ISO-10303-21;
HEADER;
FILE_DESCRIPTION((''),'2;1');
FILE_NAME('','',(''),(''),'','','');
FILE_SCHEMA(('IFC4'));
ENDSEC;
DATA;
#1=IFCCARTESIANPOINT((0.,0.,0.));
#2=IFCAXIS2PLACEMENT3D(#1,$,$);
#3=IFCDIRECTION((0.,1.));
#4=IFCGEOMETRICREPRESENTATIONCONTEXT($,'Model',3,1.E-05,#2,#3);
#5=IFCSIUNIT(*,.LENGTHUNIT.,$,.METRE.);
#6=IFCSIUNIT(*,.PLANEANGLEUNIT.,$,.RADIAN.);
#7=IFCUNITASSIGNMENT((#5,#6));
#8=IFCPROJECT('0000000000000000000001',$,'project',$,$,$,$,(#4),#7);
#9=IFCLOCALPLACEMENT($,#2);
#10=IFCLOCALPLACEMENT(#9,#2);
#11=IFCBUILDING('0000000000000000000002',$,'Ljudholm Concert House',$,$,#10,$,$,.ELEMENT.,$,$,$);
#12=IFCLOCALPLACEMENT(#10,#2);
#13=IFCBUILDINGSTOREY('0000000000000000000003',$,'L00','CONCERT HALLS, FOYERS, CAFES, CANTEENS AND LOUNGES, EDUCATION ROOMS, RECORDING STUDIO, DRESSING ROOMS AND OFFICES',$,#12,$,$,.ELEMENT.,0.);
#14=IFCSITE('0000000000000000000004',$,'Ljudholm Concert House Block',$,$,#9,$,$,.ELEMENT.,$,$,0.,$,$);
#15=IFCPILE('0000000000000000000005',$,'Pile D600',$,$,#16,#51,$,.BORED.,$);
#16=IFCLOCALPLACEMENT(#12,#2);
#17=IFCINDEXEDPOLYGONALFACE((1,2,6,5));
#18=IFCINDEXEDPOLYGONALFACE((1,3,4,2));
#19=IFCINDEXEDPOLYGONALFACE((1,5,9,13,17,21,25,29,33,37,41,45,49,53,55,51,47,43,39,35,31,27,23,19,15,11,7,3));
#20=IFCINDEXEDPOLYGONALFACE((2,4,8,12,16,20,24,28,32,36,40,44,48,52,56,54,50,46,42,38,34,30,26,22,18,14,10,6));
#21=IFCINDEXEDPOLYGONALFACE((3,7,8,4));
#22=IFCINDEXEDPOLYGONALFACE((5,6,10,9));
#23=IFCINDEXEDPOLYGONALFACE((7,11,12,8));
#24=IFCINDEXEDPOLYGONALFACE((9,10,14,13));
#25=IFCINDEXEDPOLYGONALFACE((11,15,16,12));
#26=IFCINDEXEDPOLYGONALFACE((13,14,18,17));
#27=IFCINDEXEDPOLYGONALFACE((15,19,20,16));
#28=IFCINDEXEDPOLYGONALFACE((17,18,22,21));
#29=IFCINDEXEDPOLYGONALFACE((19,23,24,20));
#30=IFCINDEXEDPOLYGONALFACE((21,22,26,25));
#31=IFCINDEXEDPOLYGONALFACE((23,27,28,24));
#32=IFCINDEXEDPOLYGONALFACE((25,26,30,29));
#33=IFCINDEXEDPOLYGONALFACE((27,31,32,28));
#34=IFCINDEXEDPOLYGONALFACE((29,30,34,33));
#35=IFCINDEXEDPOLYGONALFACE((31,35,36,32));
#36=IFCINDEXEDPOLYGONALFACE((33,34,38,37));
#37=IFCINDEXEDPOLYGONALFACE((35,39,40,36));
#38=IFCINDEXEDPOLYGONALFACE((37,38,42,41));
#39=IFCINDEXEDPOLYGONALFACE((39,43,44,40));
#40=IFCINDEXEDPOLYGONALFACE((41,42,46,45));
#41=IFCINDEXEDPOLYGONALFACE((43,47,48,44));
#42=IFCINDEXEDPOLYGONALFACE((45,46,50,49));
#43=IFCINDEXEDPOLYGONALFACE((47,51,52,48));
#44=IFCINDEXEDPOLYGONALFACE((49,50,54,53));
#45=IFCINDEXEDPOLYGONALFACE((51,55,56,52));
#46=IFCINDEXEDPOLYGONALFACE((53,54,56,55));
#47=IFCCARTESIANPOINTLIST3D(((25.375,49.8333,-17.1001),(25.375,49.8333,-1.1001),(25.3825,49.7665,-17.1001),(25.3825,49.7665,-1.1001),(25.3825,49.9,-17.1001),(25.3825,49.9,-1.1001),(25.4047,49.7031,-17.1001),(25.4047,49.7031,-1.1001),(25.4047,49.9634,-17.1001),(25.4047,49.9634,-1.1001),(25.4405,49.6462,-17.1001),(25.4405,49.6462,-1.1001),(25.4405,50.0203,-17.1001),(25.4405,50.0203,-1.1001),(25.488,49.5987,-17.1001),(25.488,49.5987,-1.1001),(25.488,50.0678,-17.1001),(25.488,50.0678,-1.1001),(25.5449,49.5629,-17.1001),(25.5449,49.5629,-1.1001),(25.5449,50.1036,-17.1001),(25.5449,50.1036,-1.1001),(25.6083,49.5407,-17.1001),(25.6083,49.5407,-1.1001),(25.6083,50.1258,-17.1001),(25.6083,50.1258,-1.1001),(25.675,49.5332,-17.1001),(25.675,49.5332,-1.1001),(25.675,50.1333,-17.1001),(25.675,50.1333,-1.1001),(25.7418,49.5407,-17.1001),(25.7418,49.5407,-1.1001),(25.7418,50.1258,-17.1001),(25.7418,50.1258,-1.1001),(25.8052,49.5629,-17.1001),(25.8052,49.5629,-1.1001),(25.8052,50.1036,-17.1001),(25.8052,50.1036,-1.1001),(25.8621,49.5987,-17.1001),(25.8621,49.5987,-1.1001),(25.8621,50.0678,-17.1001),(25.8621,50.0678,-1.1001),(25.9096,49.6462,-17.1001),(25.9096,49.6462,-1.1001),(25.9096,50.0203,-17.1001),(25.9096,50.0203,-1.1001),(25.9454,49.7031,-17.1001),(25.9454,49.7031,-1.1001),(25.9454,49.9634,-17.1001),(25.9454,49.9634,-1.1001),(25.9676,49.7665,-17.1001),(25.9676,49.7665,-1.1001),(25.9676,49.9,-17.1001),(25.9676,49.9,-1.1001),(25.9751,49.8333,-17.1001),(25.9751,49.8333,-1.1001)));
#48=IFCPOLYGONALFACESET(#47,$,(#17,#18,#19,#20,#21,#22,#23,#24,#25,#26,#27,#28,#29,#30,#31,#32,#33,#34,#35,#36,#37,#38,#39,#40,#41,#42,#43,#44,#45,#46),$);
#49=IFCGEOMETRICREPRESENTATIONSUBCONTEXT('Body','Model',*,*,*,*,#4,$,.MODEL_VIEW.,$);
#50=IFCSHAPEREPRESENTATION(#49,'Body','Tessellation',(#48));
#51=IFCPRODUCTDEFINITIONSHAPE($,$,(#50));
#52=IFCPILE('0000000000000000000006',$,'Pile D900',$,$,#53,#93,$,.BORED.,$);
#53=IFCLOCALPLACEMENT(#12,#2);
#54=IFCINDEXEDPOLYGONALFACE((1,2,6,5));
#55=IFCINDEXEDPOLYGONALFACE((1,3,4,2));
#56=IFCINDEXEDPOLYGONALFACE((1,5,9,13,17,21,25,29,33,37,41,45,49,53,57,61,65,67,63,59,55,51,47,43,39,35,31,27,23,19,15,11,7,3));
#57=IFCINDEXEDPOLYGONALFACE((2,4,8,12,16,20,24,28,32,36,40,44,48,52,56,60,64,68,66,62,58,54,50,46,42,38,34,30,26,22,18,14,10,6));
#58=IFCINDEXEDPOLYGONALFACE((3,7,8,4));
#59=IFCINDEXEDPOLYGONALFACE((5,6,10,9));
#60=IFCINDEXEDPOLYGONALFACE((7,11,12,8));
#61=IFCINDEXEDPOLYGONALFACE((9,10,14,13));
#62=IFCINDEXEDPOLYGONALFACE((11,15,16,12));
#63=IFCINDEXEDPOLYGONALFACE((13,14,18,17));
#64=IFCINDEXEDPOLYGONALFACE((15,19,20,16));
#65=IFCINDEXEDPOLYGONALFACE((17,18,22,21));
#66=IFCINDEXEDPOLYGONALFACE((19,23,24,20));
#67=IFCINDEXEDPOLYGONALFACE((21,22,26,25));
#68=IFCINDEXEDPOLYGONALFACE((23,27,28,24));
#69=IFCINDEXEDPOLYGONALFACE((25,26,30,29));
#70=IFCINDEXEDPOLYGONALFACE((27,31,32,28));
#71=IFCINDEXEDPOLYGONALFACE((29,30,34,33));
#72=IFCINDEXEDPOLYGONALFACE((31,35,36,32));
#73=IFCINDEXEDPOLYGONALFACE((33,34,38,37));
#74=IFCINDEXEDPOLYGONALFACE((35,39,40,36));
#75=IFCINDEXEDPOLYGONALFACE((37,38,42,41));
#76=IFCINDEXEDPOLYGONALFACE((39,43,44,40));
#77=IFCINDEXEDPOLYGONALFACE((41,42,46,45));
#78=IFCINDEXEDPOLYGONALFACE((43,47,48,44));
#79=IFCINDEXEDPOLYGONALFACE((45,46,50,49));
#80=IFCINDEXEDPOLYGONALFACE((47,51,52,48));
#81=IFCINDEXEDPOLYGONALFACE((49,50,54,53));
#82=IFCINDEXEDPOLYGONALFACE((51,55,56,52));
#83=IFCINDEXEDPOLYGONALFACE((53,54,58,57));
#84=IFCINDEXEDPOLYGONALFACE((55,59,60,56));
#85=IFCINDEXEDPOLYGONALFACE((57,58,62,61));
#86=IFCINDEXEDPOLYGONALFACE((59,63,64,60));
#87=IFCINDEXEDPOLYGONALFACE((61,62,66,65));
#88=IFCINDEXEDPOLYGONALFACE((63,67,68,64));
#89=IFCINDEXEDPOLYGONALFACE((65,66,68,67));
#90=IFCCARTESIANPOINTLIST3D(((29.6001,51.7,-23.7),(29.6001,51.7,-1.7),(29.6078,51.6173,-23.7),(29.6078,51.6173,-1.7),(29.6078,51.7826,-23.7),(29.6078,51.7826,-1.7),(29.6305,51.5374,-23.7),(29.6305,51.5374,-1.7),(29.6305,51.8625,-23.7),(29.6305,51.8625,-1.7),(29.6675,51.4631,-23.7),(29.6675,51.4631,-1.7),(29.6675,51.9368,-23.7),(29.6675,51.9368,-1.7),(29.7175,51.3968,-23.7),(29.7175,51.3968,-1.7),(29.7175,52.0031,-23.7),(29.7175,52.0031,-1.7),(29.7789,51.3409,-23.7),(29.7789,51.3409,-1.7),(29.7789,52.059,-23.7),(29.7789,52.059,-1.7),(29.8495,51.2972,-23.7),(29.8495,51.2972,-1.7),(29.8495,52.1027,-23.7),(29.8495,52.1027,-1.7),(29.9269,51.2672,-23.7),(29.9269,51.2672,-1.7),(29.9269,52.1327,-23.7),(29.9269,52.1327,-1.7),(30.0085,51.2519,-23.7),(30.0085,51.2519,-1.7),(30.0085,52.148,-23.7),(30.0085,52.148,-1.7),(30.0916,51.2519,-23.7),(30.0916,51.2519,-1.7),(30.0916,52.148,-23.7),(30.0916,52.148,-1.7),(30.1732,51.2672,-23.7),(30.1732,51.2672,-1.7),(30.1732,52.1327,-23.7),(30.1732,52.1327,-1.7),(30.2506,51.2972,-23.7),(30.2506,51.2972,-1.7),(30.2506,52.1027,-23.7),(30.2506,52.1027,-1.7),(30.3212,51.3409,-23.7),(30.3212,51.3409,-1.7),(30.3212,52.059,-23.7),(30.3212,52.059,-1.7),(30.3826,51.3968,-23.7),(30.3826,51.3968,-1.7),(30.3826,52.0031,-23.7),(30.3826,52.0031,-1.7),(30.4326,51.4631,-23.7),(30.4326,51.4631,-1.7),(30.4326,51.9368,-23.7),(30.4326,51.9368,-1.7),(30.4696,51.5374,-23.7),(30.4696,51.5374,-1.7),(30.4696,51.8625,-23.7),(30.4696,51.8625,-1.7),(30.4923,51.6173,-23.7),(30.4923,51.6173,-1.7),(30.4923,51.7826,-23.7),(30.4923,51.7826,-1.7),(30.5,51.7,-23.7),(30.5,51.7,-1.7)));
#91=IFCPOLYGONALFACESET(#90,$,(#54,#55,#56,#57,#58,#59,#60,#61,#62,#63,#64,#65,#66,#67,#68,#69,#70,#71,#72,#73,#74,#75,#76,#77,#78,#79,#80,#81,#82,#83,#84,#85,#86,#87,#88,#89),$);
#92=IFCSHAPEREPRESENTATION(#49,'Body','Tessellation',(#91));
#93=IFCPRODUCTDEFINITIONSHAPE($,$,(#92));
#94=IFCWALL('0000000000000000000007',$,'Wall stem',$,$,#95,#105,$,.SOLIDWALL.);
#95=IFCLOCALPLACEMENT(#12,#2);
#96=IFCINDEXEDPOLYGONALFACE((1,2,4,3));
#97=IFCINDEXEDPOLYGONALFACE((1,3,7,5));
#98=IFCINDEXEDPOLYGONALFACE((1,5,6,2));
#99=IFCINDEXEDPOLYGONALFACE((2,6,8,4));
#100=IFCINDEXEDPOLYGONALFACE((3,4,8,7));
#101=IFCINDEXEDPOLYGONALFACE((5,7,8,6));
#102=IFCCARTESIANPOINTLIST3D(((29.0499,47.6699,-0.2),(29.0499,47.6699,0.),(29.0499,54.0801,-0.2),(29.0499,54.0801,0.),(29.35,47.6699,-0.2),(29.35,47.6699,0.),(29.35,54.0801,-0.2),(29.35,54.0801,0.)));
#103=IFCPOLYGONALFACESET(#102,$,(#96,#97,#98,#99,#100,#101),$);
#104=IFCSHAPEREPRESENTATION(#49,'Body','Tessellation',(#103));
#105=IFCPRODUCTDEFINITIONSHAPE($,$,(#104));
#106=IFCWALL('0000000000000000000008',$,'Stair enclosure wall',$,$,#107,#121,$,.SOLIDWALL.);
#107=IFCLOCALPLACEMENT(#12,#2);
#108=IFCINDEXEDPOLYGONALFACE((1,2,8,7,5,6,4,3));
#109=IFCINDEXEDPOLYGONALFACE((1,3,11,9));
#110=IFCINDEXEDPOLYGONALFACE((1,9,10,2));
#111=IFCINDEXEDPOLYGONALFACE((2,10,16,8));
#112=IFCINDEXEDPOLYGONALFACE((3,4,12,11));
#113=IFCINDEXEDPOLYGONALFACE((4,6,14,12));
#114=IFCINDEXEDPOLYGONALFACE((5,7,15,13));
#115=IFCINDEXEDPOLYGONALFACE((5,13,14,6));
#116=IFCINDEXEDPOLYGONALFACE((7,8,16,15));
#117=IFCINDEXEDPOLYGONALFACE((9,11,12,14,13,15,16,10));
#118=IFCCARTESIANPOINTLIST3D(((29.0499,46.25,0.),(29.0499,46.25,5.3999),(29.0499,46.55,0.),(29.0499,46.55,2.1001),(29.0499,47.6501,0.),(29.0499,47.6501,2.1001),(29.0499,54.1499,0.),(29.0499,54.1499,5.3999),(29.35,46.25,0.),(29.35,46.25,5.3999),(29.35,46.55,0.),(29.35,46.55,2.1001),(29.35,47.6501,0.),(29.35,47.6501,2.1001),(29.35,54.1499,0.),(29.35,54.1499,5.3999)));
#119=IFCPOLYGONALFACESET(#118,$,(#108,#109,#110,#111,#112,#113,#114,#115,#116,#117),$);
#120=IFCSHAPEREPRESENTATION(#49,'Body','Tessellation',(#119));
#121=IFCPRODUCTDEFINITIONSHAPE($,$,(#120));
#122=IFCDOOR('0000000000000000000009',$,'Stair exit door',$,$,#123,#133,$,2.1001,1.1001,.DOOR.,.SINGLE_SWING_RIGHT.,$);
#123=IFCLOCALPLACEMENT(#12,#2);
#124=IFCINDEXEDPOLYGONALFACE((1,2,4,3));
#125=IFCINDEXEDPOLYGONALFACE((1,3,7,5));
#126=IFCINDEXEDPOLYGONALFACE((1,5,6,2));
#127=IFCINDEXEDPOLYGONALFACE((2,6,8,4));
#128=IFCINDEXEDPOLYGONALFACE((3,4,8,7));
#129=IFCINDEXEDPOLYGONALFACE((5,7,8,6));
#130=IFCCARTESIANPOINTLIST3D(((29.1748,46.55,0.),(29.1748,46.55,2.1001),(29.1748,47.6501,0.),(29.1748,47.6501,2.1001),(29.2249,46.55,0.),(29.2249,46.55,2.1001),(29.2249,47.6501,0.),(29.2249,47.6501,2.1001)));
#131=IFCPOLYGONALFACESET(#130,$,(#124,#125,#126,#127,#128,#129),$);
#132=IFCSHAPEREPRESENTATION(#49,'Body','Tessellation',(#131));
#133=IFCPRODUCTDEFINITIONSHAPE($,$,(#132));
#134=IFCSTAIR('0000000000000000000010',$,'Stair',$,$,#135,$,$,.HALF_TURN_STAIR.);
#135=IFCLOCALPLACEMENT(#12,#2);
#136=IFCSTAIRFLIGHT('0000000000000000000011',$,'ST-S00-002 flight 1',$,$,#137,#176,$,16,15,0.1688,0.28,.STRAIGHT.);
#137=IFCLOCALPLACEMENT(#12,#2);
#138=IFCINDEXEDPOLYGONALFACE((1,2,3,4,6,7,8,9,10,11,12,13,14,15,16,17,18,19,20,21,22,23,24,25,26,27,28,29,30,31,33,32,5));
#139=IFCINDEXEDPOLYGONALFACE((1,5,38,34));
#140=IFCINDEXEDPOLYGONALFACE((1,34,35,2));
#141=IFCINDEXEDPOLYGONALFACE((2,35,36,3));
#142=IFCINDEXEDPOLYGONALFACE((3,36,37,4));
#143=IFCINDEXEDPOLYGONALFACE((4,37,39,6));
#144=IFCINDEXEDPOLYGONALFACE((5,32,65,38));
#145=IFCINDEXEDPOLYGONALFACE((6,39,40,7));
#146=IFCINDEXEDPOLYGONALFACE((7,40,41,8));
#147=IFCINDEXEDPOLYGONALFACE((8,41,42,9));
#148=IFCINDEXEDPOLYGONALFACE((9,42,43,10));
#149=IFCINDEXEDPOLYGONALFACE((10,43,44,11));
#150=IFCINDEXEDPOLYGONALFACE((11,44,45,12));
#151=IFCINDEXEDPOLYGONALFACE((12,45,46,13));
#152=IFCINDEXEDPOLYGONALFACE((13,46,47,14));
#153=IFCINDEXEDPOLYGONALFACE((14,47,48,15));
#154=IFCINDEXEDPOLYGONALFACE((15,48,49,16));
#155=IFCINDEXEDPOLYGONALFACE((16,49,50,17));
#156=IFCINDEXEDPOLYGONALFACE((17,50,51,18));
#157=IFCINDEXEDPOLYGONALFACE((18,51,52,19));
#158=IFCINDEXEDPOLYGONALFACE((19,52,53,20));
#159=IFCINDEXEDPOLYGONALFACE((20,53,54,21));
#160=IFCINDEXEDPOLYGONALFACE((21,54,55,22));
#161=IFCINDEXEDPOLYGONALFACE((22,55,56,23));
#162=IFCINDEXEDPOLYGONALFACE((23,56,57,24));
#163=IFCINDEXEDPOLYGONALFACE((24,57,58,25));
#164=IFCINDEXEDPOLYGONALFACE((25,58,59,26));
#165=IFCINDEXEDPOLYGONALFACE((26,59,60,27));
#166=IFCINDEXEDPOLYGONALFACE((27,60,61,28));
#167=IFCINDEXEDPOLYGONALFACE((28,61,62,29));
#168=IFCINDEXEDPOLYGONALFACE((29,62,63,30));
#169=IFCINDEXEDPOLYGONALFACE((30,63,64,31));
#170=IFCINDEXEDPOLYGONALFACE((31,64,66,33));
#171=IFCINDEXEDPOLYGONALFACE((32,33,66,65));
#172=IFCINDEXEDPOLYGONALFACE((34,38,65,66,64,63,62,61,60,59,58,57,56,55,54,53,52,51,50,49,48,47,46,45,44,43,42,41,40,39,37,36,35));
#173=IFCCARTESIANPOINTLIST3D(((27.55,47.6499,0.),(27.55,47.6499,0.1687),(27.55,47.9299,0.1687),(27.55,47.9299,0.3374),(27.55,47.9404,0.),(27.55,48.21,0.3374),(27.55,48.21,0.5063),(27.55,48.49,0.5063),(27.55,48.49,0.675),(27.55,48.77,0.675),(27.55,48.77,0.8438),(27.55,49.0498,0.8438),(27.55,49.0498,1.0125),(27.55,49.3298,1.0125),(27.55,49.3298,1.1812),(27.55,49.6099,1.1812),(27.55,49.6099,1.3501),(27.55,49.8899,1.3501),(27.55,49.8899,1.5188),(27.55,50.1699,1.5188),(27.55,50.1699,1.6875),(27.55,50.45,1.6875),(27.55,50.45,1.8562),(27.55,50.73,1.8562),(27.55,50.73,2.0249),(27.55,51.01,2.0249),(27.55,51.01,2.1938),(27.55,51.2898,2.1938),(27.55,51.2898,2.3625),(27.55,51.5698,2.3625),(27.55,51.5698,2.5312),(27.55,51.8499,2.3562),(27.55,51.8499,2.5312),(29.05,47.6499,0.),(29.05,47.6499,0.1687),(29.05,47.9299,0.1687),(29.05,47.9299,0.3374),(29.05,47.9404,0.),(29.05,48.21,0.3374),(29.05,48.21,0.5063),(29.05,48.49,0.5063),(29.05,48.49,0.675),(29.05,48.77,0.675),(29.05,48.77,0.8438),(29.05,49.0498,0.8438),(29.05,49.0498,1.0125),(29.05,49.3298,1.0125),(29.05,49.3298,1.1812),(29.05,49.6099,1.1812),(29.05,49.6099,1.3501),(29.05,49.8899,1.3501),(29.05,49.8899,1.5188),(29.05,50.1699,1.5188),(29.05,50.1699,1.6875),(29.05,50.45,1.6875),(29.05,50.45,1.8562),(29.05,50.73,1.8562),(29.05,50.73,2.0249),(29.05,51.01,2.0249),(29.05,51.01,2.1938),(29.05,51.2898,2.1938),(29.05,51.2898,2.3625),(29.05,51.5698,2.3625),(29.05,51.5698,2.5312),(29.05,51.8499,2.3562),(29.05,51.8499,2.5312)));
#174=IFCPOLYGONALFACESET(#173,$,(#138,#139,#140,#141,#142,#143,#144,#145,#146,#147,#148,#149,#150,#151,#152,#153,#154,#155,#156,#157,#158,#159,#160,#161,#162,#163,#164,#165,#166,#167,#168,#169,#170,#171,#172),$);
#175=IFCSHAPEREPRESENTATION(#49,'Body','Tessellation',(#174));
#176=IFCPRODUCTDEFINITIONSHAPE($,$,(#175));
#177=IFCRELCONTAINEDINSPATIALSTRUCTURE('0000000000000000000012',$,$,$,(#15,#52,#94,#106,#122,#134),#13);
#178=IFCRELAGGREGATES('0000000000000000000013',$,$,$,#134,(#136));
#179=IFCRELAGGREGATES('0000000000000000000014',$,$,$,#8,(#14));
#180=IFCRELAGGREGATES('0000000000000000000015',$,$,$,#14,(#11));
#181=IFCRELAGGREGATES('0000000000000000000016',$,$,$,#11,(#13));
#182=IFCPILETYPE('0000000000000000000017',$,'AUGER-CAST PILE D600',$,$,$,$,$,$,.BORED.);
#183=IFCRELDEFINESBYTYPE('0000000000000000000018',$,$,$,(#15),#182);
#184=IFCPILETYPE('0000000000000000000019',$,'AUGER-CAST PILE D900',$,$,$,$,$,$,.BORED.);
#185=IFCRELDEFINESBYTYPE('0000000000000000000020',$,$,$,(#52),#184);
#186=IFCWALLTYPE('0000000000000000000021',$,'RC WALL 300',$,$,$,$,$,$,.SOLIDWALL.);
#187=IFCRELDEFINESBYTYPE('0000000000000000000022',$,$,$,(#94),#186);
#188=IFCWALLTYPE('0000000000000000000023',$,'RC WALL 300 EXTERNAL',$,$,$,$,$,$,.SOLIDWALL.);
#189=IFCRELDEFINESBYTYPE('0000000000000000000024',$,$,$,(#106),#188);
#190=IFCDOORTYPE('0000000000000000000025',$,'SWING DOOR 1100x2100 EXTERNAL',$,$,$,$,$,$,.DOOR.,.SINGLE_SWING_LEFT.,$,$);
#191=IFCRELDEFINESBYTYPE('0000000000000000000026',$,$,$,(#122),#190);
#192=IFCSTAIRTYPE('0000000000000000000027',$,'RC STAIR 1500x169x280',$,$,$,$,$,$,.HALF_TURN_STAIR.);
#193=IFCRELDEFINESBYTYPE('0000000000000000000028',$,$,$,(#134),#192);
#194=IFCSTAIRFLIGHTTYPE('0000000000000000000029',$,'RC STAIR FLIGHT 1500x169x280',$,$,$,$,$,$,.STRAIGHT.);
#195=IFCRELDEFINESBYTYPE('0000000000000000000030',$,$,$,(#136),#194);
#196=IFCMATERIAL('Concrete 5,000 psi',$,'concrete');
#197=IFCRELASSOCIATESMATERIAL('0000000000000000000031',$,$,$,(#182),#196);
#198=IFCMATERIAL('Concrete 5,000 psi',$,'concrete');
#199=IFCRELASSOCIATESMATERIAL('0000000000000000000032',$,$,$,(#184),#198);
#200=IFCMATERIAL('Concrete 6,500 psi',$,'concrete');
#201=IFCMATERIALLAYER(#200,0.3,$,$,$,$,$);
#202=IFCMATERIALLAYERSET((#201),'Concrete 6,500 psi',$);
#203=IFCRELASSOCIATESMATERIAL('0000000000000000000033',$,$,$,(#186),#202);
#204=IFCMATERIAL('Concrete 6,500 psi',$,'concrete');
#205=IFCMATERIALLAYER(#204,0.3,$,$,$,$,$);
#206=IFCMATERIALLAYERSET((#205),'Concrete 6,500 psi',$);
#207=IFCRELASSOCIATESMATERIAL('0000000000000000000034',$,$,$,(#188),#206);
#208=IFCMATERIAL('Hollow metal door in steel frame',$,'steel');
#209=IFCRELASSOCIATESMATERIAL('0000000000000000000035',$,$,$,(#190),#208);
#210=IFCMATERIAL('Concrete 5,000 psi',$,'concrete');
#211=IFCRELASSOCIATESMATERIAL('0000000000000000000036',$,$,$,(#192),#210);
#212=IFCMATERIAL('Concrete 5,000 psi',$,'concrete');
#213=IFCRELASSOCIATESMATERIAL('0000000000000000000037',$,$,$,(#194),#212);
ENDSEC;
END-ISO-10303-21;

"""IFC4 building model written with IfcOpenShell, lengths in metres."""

from ifc_helpers import new_model, si_unit, direction, frame, frame_2d, origin, origin_2d, place, context, subcontext, project, spatial, polyline, rectangle, circle, outline, extrude, material, layer, layer_set, material_profile, profile_set, type_object, element, fill, aggregate, save


model = new_model("IFC4")

# Units and contexts
model_context = context("Model", 3, precision=1e-05, world=origin(), true_north=direction((0.0, 1.0)))
body_context = subcontext(model_context, "Body", "Model", "MODEL_VIEW")
ifc_project = project(units=[si_unit("LENGTHUNIT", "METRE"), si_unit("PLANEANGLEUNIT", "RADIAN")], contexts=[model_context])

# Site, building, storey
site_placement = place(None, origin())
site = spatial("IfcSite", under=ifc_project, at=site_placement, Name="Ljudholm Concert House Block", CompositionType="ELEMENT", RefElevation=0.0)
building_placement = place(site_placement, origin())
building = spatial("IfcBuilding", under=site, at=building_placement, Name="Ljudholm Concert House", CompositionType="ELEMENT")
storey_placement = place(building_placement, origin())
storey = spatial("IfcBuildingStorey", under=building, at=storey_placement, Name="L00", Description="CONCERT HALLS, FOYERS, CAFES, CANTEENS AND LOUNGES, EDUCATION ROOMS, RECORDING STUDIO, DRESSING ROOMS AND OFFICES", CompositionType="ELEMENT", Elevation=0.0)

# Piles
ifc_material_1 = material(Name="Concrete 5,000 psi", Category="concrete")
ifc_material_profile_1 = material_profile(ifc_material_1, circle(Radius=0.3, at=origin_2d()), Name="AUGER-CAST PILE D600")
ifc_profile_set_1 = profile_set([ifc_material_profile_1], Name="Concrete 5,000 psi")
pile_type_1 = type_object("IfcPileType", Name="AUGER-CAST PILE D600", PredefinedType="BORED", material=ifc_profile_set_1)
for number, where, z_axis, x_axis, name in (
    (1, (25.675, 49.8333, -1.1001), (0.0, 0.0, -1.0), (1.0, 0.0, 0.0), "Pile D600"),
):
    element("IfcPile", number, at=place(storey_placement, frame(where, z_axis=z_axis, x_axis=x_axis)), inside=storey, type_object=pile_type_1, Name=name, PredefinedType="BORED", context=body_context, shape_type="SweptSolid", body=[
        extrude(circle(Radius=0.3, at=origin_2d()), origin(), (0.0, 0.0, 1.0), 16.0),
    ])
ifc_material_2 = material(Name="Concrete 5,000 psi", Category="concrete")
ifc_material_profile_2 = material_profile(ifc_material_2, circle(Radius=0.45, at=origin_2d()), Name="AUGER-CAST PILE D900")
ifc_profile_set_2 = profile_set([ifc_material_profile_2], Name="Concrete 5,000 psi")
pile_type_2 = type_object("IfcPileType", Name="AUGER-CAST PILE D900", PredefinedType="BORED", material=ifc_profile_set_2)
pile_placement = place(storey_placement, frame((30.05, 51.7, -1.7), z_axis=(0.0, 0.0, -1.0), x_axis=(1.0, 0.0, 0.0)))
element("IfcPile", 2, at=pile_placement, inside=storey, type_object=pile_type_2, Name="Pile D900", PredefinedType="BORED", context=body_context, shape_type="SweptSolid", body=[
    extrude(circle(Radius=0.45, at=origin_2d()), origin(), (0.0, 0.0, 1.0), 22.0),
])

# Wall
ifc_material_3 = material(Name="Concrete 6,500 psi", Category="concrete")
ifc_layer_1 = layer(ifc_material_3, 0.3)
ifc_layer_set_1 = layer_set([ifc_layer_1], Name="Concrete 6,500 psi")
wall_type_1 = type_object("IfcWallType", Name="RC WALL 300", PredefinedType="SOLIDWALL", material=ifc_layer_set_1)
wall_1_placement = place(storey_placement, frame((29.2, 47.6699, -0.2), z_axis=(0.0, 0.0, 1.0), x_axis=(0.0, 1.0, 0.0)))
element("IfcWall", 3, at=wall_1_placement, inside=storey, type_object=wall_type_1, Name="Wall stem", PredefinedType="SOLIDWALL", context=body_context, shape_type="SweptSolid", body=[
    extrude(rectangle(XDim=6.4102, YDim=0.3, at=frame_2d((3.2051, 0.0))), origin(), (0.0, 0.0, 1.0), 0.2),
])

# Wall, opening, door
ifc_material_4 = material(Name="Concrete 6,500 psi", Category="concrete")
ifc_layer_2 = layer(ifc_material_4, 0.3)
ifc_layer_set_2 = layer_set([ifc_layer_2], Name="Concrete 6,500 psi")
wall_type_2 = type_object("IfcWallType", Name="RC WALL 300 EXTERNAL", PredefinedType="SOLIDWALL", material=ifc_layer_set_2)
wall_2_placement = place(storey_placement, frame((29.2, 46.25, 0.0), z_axis=(0.0, 0.0, 1.0), x_axis=(0.0, 1.0, 0.0)))
wall_2 = element("IfcWall", 4, at=wall_2_placement, inside=storey, type_object=wall_type_2, Name="Stair enclosure wall", PredefinedType="SOLIDWALL", context=body_context, shape_type="SweptSolid", body=[
    extrude(rectangle(XDim=7.8999, YDim=0.3, at=frame_2d((3.95, 0.0))), origin(), (0.0, 0.0, 1.0), 5.3999),
])
opening_placement = place(wall_2_placement, frame((0.3, 0.0, 0.0)))
opening = element("IfcOpeningElement", 5, at=opening_placement, cuts=wall_2, PredefinedType="OPENING", context=body_context, shape_type="SweptSolid", body=[
    extrude(rectangle(XDim=1.1001, YDim=2.1001, at=frame_2d((0.55, 1.05))), frame((0.0, 0.1599, 0.0), z_axis=(0.0, -1.0, 0.0), x_axis=(1.0, 0.0, 0.0)), (0.0, 0.0, 1.0), 0.3201),
])
ifc_material_5 = material(Name="Hollow metal door in steel frame", Category="steel")
door_type = type_object("IfcDoorType", Name="SWING DOOR 1100x2100 EXTERNAL", OperationType="SINGLE_SWING_LEFT", PredefinedType="DOOR", material=ifc_material_5)
door_placement = place(opening_placement, frame((1.1001, 0.0, 0.0), z_axis=(0.0, 0.0, 1.0), x_axis=(-1.0, 0.0, 0.0)))
door = element("IfcDoor", 6, at=door_placement, inside=storey, type_object=door_type, Name="Stair exit door", OperationType="SINGLE_SWING_RIGHT", OverallHeight=2.1001, OverallWidth=1.1001, PredefinedType="DOOR", context=body_context, shape_type="SweptSolid", body=[
    extrude(rectangle(XDim=1.1001, YDim=2.1001, at=frame_2d((0.55, 1.05))), frame((0.0, 0.0249, 0.0), z_axis=(0.0, -1.0, 0.0), x_axis=(1.0, 0.0, 0.0)), (0.0, 0.0, 1.0), 0.05),
])
fill(opening, door)

# Stair, stair flight
ifc_material_6 = material(Name="Concrete 5,000 psi", Category="concrete")
stair_type = type_object("IfcStairType", Name="RC STAIR 1500x169x280", PredefinedType="HALF_TURN_STAIR", material=ifc_material_6)
stair_placement = place(storey_placement, origin())
stair = element("IfcStair", 7, at=stair_placement, inside=storey, type_object=stair_type, Name="Stair", PredefinedType="HALF_TURN_STAIR")
ifc_material_7 = material(Name="Concrete 5,000 psi", Category="concrete")
stair_flight_type = type_object("IfcStairFlightType", Name="RC STAIR FLIGHT 1500x169x280", PredefinedType="STRAIGHT", material=ifc_material_7)
stair_flight_placement = place(storey_placement, frame((28.3, 47.6499, 0.0), z_axis=(0.0, 0.0, 1.0), x_axis=(0.0, 1.0, 0.0)))
stair_flight = element("IfcStairFlight", 8, at=stair_flight_placement, type_object=stair_flight_type, Name="ST-S00-002 flight 1", NumberOfRisers=16, NumberOfTreads=15, PredefinedType="STRAIGHT", RiserHeight=0.1688, TreadLength=0.28, context=body_context, shape_type="SweptSolid", body=[
    extrude(outline(polyline([(0.0, 0.0), (0.0, 0.1687), (0.28, 0.1687), (0.28, 0.3374), (0.5601, 0.3374), (0.5601, 0.5063), (0.8401, 0.5063), (0.8401, 0.675), (1.1201, 0.675), (1.1201, 0.8438), (1.3999, 0.8438), (1.3999, 1.0125), (1.6799, 1.0125), (1.6799, 1.1812), (1.96, 1.1812), (1.96, 1.3501), (2.24, 1.3501), (2.24, 1.5188), (2.52, 1.5188), (2.52, 1.6875), (2.8, 1.6875), (2.8, 1.8562), (3.0801, 1.8562), (3.0801, 2.0249), (3.3601, 2.0249), (3.3601, 2.1938), (3.6399, 2.1938), (3.6399, 2.3625), (3.9199, 2.3625), (3.9199, 2.5312), (4.2, 2.5312), (4.2, 2.7), (4.2, 2.3562), (0.2905, 0.0), (0.0, 0.0)])), frame((0.0, 0.75, 0.0), z_axis=(0.0, -1.0, 0.0), x_axis=(1.0, 0.0, 0.0)), (0.0, 0.0, 1.0), 1.5),
])
aggregate(stair, [stair_flight])

save(model, "model.ifc")
